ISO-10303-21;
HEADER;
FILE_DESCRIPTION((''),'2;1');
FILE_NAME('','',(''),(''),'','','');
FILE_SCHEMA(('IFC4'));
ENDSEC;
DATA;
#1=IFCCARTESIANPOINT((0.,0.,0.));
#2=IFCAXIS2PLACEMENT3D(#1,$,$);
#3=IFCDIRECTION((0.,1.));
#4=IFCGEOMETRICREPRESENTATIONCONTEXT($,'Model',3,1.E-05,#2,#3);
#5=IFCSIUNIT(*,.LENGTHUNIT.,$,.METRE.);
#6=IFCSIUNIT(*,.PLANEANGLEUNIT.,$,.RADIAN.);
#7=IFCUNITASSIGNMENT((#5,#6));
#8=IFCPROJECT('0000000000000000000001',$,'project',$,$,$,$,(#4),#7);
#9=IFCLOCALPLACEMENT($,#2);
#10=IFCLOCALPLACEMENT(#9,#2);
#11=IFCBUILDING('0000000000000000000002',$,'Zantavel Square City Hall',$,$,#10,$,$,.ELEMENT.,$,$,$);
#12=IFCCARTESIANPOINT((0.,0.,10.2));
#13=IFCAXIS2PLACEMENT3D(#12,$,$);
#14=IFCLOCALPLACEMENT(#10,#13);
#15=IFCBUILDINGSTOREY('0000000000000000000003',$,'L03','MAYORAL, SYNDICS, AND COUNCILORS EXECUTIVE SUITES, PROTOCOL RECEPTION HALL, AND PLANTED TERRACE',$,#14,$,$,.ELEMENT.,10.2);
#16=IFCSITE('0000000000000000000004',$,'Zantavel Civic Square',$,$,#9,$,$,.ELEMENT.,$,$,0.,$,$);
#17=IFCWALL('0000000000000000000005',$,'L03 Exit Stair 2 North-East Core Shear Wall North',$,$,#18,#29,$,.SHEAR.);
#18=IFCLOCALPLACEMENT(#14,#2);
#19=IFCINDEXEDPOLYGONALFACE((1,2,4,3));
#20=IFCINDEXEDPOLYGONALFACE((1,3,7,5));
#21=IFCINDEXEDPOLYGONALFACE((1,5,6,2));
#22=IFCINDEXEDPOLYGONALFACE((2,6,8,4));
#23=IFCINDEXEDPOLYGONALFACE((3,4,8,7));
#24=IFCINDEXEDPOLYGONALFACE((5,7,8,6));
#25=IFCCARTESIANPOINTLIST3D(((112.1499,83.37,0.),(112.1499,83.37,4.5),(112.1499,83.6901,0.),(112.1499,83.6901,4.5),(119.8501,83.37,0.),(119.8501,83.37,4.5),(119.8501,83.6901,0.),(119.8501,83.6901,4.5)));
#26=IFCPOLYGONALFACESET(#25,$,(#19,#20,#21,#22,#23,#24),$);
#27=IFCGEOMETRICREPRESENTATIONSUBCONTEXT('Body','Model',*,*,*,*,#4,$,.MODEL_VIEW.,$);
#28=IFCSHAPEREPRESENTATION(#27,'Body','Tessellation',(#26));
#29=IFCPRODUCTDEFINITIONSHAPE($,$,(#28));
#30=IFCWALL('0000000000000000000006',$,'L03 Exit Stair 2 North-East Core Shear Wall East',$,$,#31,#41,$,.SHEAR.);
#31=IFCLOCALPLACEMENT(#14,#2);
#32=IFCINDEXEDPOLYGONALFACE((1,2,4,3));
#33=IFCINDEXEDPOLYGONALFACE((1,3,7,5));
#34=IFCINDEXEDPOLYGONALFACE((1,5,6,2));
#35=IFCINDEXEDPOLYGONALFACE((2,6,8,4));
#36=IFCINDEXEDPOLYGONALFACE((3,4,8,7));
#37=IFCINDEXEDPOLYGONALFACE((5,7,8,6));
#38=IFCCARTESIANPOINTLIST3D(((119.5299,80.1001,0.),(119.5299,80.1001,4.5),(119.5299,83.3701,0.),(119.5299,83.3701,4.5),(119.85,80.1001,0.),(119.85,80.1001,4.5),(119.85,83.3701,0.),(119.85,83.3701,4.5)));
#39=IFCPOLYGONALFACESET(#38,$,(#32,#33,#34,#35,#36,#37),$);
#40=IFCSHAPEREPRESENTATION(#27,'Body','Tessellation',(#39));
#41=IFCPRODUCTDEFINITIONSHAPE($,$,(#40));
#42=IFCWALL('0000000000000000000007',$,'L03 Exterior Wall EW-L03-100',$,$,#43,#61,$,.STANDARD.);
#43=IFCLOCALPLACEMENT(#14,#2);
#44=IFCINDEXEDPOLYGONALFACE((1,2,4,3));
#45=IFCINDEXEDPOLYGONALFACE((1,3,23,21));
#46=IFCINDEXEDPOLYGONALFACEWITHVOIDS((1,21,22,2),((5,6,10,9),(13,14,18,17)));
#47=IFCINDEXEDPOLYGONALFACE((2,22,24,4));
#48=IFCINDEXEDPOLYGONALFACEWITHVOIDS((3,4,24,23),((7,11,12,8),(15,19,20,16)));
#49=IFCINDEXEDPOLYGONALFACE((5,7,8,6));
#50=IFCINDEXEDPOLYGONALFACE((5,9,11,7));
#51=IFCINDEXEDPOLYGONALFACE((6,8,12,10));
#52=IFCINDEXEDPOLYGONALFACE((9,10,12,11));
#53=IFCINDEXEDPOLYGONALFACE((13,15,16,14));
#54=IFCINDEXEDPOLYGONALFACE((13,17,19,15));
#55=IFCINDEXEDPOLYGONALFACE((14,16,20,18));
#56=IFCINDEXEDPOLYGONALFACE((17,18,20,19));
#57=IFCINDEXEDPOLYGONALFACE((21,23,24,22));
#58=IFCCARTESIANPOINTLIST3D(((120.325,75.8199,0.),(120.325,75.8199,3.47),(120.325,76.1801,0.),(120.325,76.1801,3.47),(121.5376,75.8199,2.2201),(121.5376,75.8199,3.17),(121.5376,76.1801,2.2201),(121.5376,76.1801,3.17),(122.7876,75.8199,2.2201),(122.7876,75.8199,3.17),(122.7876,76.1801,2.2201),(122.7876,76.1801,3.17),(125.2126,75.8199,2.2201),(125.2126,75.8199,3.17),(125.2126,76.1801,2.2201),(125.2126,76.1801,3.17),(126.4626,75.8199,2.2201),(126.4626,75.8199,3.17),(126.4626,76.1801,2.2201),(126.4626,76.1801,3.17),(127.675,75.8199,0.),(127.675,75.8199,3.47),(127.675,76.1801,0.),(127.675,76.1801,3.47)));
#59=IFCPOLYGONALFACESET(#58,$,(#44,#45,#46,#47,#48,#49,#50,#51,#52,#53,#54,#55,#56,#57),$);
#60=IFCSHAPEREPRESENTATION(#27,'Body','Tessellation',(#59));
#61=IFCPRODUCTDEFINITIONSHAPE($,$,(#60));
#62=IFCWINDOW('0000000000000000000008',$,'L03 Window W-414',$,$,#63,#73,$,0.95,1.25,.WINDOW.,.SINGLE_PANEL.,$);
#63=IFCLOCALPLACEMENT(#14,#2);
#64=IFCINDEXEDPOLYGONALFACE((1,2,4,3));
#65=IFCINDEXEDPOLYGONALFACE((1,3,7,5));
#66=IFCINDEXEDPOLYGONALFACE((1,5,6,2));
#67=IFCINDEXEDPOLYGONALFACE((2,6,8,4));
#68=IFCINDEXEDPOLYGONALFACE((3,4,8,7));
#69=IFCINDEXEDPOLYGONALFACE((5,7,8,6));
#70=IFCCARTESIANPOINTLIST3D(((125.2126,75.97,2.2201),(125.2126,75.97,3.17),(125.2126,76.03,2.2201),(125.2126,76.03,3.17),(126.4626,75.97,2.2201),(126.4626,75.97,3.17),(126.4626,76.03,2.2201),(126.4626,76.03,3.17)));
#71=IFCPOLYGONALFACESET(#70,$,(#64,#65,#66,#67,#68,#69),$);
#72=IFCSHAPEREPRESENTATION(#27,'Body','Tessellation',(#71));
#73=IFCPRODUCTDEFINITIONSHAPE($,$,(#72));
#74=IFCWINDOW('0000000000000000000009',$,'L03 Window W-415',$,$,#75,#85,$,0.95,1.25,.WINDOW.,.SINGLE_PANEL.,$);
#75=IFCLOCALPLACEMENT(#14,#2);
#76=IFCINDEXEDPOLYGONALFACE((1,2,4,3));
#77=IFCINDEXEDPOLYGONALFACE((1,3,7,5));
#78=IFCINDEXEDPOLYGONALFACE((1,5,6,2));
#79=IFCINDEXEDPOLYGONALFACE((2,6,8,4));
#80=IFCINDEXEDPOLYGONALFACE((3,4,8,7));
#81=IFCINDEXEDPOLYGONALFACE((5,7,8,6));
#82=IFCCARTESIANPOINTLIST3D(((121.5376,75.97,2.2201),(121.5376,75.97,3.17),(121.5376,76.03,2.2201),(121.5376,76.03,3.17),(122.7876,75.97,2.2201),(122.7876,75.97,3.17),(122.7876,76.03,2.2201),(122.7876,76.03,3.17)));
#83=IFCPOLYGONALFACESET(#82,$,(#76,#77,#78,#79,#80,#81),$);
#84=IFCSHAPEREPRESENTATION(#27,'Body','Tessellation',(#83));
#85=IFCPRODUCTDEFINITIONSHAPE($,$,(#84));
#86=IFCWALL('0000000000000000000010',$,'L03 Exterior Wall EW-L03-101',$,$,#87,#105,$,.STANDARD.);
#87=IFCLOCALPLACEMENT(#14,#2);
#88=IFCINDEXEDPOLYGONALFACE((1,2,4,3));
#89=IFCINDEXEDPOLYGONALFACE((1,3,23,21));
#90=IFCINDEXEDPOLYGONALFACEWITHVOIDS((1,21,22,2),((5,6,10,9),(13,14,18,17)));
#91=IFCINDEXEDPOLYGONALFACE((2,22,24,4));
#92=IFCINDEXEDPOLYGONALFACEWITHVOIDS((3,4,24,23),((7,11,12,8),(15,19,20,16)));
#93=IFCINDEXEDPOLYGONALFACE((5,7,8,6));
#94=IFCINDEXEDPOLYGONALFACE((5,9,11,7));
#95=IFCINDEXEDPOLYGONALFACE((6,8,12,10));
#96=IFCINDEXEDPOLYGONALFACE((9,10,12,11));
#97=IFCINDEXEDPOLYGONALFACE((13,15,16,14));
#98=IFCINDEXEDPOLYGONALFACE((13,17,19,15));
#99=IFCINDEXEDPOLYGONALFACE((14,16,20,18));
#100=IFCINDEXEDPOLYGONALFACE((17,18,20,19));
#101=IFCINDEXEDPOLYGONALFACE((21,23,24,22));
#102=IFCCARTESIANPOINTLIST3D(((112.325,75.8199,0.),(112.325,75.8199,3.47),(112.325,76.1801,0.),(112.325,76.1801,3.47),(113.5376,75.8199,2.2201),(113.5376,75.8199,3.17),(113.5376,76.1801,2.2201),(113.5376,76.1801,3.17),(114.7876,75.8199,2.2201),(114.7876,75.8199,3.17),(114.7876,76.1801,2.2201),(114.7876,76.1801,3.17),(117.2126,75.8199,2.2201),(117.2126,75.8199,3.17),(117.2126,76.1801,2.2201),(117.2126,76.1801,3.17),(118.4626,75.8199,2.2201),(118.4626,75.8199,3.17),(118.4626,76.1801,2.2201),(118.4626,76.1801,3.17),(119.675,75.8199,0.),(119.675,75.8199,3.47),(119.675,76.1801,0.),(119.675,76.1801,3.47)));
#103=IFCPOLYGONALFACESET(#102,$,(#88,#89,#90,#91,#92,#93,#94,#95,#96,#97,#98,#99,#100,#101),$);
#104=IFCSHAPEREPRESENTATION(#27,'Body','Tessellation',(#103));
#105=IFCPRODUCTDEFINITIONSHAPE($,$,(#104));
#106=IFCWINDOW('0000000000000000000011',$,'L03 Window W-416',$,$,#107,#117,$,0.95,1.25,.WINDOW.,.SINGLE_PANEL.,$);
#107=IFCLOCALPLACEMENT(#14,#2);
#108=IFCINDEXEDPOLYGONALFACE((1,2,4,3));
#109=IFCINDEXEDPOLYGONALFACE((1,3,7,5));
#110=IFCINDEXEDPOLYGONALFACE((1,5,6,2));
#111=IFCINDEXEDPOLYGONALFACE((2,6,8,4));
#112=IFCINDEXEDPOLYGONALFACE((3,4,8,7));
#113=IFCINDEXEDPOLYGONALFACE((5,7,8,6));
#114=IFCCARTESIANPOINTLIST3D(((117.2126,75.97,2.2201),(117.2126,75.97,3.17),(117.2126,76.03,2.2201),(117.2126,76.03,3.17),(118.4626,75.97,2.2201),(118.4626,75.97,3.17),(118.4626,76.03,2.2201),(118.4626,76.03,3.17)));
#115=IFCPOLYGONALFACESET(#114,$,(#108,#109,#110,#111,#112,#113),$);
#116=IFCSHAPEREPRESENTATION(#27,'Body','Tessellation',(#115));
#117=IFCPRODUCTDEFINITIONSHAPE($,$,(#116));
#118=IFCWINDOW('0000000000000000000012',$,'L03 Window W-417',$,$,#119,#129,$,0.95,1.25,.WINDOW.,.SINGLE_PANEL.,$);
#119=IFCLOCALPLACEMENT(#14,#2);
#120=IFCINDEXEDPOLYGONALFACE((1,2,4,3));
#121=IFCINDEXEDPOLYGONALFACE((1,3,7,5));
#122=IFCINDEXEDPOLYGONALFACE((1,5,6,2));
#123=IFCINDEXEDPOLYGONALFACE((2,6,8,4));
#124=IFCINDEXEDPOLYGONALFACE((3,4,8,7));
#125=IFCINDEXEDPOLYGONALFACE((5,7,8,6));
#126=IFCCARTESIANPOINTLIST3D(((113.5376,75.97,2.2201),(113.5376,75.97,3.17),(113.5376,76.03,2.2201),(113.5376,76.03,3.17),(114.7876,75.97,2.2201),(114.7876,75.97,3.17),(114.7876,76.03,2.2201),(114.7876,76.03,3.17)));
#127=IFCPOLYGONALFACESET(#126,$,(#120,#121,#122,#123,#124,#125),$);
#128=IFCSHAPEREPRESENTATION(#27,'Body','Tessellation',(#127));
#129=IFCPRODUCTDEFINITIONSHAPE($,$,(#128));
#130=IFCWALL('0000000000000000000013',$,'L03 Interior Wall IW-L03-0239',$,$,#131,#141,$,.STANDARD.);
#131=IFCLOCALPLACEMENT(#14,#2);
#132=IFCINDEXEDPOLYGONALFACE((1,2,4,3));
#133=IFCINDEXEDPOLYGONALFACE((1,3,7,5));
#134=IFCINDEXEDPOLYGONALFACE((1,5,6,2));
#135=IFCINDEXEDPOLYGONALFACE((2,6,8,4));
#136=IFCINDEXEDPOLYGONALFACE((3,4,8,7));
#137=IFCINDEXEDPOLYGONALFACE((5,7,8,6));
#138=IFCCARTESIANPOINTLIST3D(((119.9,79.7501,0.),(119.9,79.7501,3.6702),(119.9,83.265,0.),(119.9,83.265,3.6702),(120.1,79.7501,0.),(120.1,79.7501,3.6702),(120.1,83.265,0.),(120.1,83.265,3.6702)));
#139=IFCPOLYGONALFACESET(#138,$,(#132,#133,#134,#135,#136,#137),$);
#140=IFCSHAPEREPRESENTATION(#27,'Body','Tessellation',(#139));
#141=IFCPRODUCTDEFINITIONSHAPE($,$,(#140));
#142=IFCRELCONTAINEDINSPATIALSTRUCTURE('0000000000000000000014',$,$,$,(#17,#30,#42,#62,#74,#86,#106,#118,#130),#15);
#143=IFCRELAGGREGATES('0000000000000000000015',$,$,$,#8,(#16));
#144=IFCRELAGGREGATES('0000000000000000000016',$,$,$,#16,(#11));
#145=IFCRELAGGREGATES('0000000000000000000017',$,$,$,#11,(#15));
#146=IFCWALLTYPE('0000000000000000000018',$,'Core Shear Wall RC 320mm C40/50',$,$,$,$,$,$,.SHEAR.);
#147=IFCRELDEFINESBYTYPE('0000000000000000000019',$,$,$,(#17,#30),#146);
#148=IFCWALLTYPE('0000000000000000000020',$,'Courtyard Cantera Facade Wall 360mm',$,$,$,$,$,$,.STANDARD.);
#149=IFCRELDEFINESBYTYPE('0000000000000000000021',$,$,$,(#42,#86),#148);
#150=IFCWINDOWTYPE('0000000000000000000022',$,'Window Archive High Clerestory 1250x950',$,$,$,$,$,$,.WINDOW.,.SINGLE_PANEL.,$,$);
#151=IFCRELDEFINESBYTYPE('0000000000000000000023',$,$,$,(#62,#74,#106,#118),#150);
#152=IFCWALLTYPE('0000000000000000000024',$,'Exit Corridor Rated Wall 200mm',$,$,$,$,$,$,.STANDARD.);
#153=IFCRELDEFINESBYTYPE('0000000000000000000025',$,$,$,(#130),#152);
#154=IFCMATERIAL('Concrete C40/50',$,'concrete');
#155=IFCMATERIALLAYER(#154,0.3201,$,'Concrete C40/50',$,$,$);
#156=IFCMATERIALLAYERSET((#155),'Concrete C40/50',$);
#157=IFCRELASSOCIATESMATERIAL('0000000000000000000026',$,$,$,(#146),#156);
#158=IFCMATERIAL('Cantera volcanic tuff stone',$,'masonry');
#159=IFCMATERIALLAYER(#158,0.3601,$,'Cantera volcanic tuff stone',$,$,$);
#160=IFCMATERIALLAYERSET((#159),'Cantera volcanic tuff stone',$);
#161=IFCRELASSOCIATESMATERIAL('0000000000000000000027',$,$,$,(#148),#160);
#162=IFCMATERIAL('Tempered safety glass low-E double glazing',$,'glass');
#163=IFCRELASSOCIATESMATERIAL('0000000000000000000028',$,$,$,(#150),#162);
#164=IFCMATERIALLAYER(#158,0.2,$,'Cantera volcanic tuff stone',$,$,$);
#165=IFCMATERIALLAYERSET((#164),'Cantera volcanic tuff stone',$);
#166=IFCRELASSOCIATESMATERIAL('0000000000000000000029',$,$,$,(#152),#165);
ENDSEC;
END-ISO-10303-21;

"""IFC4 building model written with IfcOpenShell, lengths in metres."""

from ifc_helpers import new_model, si_unit, direction, frame, frame_2d, origin, place, context, subcontext, project, spatial, rectangle, extrude, material, layer, layer_set, type_object, element, fill, save


model = new_model("IFC4")

# Units and contexts
model_context = context("Model", 3, precision=1e-05, world=origin(), true_north=direction((0.0, 1.0)))
body_context = subcontext(model_context, "Body", "Model", "MODEL_VIEW")
ifc_project = project(units=[si_unit("LENGTHUNIT", "METRE"), si_unit("PLANEANGLEUNIT", "RADIAN")], contexts=[model_context])

# Site, building, storey
site_placement = place(None, origin())
site = spatial("IfcSite", under=ifc_project, at=site_placement, Name="Zantavel Civic Square", CompositionType="ELEMENT", RefElevation=0.0)
building_placement = place(site_placement, origin())
building = spatial("IfcBuilding", under=site, at=building_placement, Name="Zantavel Square City Hall", CompositionType="ELEMENT")
storey_placement = place(building_placement, frame((0.0, 0.0, 10.2)))
storey = spatial("IfcBuildingStorey", under=building, at=storey_placement, Name="L03", Description="MAYORAL, SYNDICS, AND COUNCILORS EXECUTIVE SUITES, PROTOCOL RECEPTION HALL, AND PLANTED TERRACE", CompositionType="ELEMENT", Elevation=10.2)

# Shared definitions
ifc_material_1 = material(Name="Concrete C40/50", Category="concrete")

# Shared definitions
ifc_layer_1 = layer(ifc_material_1, 0.3201, Name="Concrete C40/50")
ifc_layer_set_1 = layer_set([ifc_layer_1], Name="Concrete C40/50")
wall_type_1 = type_object("IfcWallType", Name="Core Shear Wall RC 320mm C40/50", PredefinedType="SHEAR", material=ifc_layer_set_1)

# Walls
wall_1_placement = place(storey_placement, frame((112.1499, 83.53, 0.0), z_axis=(0.0, 0.0, 1.0), x_axis=(1.0, 0.0, 0.0)))
element("IfcWall", 1, at=wall_1_placement, inside=storey, type_object=wall_type_1, Name="L03 Exit Stair 2 North-East Core Shear Wall North", PredefinedType="SHEAR", context=body_context, shape_type="SweptSolid", body=[
    extrude(rectangle(XDim=7.7002, YDim=0.3201, at=frame_2d((3.8501, 0.0))), origin(), (0.0, 0.0, 1.0), 4.5),
])
wall_2_placement = place(storey_placement, frame((119.6899, 83.3701, 0.0), z_axis=(0.0, 0.0, 1.0), x_axis=(0.0, -1.0, 0.0)))
element("IfcWall", 2, at=wall_2_placement, inside=storey, type_object=wall_type_1, Name="L03 Exit Stair 2 North-East Core Shear Wall East", PredefinedType="SHEAR", context=body_context, shape_type="SweptSolid", body=[
    extrude(rectangle(XDim=3.27, YDim=0.3201, at=frame_2d((1.635, 0.0))), origin(), (0.0, 0.0, 1.0), 4.5),
])

# Walls, openings, windows
ifc_material_2 = material(Name="Cantera volcanic tuff stone", Category="masonry")
ifc_layer_2 = layer(ifc_material_2, 0.3601, Name="Cantera volcanic tuff stone")
ifc_layer_set_2 = layer_set([ifc_layer_2], Name="Cantera volcanic tuff stone")
wall_type_2 = type_object("IfcWallType", Name="Courtyard Cantera Facade Wall 360mm", PredefinedType="STANDARD", material=ifc_layer_set_2)
wall_3_placement = place(storey_placement, frame((127.675, 76.0, 0.0), z_axis=(0.0, 0.0, 1.0), x_axis=(-1.0, 0.0, 0.0)))
wall_3 = element("IfcWall", 3, at=wall_3_placement, inside=storey, type_object=wall_type_2, Name="L03 Exterior Wall EW-L03-100", PredefinedType="STANDARD", context=body_context, shape_type="SweptSolid", body=[
    extrude(rectangle(XDim=7.3501, YDim=0.3601, at=frame_2d((3.675, 0.0))), origin(), (0.0, 0.0, 1.0), 3.47),
])
opening_1_placement = place(wall_3_placement, frame((1.2124, 0.0, 2.22)))
opening_1 = element("IfcOpeningElement", 4, at=opening_1_placement, cuts=wall_3, PredefinedType="OPENING", context=body_context, shape_type="SweptSolid", body=[
    extrude(rectangle(XDim=1.25, YDim=0.95, at=frame_2d((0.625, 0.4751))), frame((0.0, 0.1899, 0.0), z_axis=(0.0, -1.0, 0.0), x_axis=(1.0, 0.0, 0.0)), (0.0, 0.0, 1.0), 0.3801),
])
opening_2_placement = place(wall_3_placement, frame((4.8875, 0.0, 2.22)))
opening_2 = element("IfcOpeningElement", 5, at=opening_2_placement, cuts=wall_3, PredefinedType="OPENING", context=body_context, shape_type="SweptSolid", body=[
    extrude(rectangle(XDim=1.25, YDim=0.95, at=frame_2d((0.625, 0.4751))), frame((0.0, 0.1899, 0.0), z_axis=(0.0, -1.0, 0.0), x_axis=(1.0, 0.0, 0.0)), (0.0, 0.0, 1.0), 0.3801),
])
ifc_material_3 = material(Name="Tempered safety glass low-E double glazing", Category="glass")
window_type = type_object("IfcWindowType", Name="Window Archive High Clerestory 1250x950", PartitioningType="SINGLE_PANEL", PredefinedType="WINDOW", material=ifc_material_3)
window_1_placement = place(opening_1_placement, origin())
window_1 = element("IfcWindow", 6, at=window_1_placement, inside=storey, type_object=window_type, Name="L03 Window W-414", OverallHeight=0.95, OverallWidth=1.25, PartitioningType="SINGLE_PANEL", PredefinedType="WINDOW", context=body_context, shape_type="SweptSolid", body=[
    extrude(rectangle(XDim=1.25, YDim=0.95, at=frame_2d((0.625, 0.4751))), frame((0.0, 0.03, 0.0), z_axis=(0.0, -1.0, 0.0), x_axis=(1.0, 0.0, 0.0)), (0.0, 0.0, 1.0), 0.0601),
])
fill(opening_1, window_1)
window_2_placement = place(opening_2_placement, origin())
window_2 = element("IfcWindow", 7, at=window_2_placement, inside=storey, type_object=window_type, Name="L03 Window W-415", OverallHeight=0.95, OverallWidth=1.25, PartitioningType="SINGLE_PANEL", PredefinedType="WINDOW", context=body_context, shape_type="SweptSolid", body=[
    extrude(rectangle(XDim=1.25, YDim=0.95, at=frame_2d((0.625, 0.4751))), frame((0.0, 0.03, 0.0), z_axis=(0.0, -1.0, 0.0), x_axis=(1.0, 0.0, 0.0)), (0.0, 0.0, 1.0), 0.0601),
])
fill(opening_2, window_2)
wall_4_placement = place(storey_placement, frame((119.675, 76.0, 0.0), z_axis=(0.0, 0.0, 1.0), x_axis=(-1.0, 0.0, 0.0)))
wall_4 = element("IfcWall", 8, at=wall_4_placement, inside=storey, type_object=wall_type_2, Name="L03 Exterior Wall EW-L03-101", PredefinedType="STANDARD", context=body_context, shape_type="SweptSolid", body=[
    extrude(rectangle(XDim=7.3501, YDim=0.3601, at=frame_2d((3.675, 0.0))), origin(), (0.0, 0.0, 1.0), 3.47),
])
opening_3_placement = place(wall_4_placement, frame((1.2124, 0.0, 2.22)))
opening_3 = element("IfcOpeningElement", 9, at=opening_3_placement, cuts=wall_4, PredefinedType="OPENING", context=body_context, shape_type="SweptSolid", body=[
    extrude(rectangle(XDim=1.25, YDim=0.95, at=frame_2d((0.625, 0.4751))), frame((0.0, 0.1899, 0.0), z_axis=(0.0, -1.0, 0.0), x_axis=(1.0, 0.0, 0.0)), (0.0, 0.0, 1.0), 0.3801),
])
opening_4_placement = place(wall_4_placement, frame((4.8875, 0.0, 2.22)))
opening_4 = element("IfcOpeningElement", 10, at=opening_4_placement, cuts=wall_4, PredefinedType="OPENING", context=body_context, shape_type="SweptSolid", body=[
    extrude(rectangle(XDim=1.25, YDim=0.95, at=frame_2d((0.625, 0.4751))), frame((0.0, 0.1899, 0.0), z_axis=(0.0, -1.0, 0.0), x_axis=(1.0, 0.0, 0.0)), (0.0, 0.0, 1.0), 0.3801),
])
window_3_placement = place(opening_3_placement, origin())
window_3 = element("IfcWindow", 11, at=window_3_placement, inside=storey, type_object=window_type, Name="L03 Window W-416", OverallHeight=0.95, OverallWidth=1.25, PartitioningType="SINGLE_PANEL", PredefinedType="WINDOW", context=body_context, shape_type="SweptSolid", body=[
    extrude(rectangle(XDim=1.25, YDim=0.95, at=frame_2d((0.625, 0.4751))), frame((0.0, 0.03, 0.0), z_axis=(0.0, -1.0, 0.0), x_axis=(1.0, 0.0, 0.0)), (0.0, 0.0, 1.0), 0.0601),
])
fill(opening_3, window_3)
window_4_placement = place(opening_4_placement, origin())
window_4 = element("IfcWindow", 12, at=window_4_placement, inside=storey, type_object=window_type, Name="L03 Window W-417", OverallHeight=0.95, OverallWidth=1.25, PartitioningType="SINGLE_PANEL", PredefinedType="WINDOW", context=body_context, shape_type="SweptSolid", body=[
    extrude(rectangle(XDim=1.25, YDim=0.95, at=frame_2d((0.625, 0.4751))), frame((0.0, 0.03, 0.0), z_axis=(0.0, -1.0, 0.0), x_axis=(1.0, 0.0, 0.0)), (0.0, 0.0, 1.0), 0.0601),
])
fill(opening_4, window_4)

# Wall
ifc_layer_3 = layer(ifc_material_2, 0.2, Name="Cantera volcanic tuff stone")
ifc_layer_set_3 = layer_set([ifc_layer_3], Name="Cantera volcanic tuff stone")
wall_type_3 = type_object("IfcWallType", Name="Exit Corridor Rated Wall 200mm", PredefinedType="STANDARD", material=ifc_layer_set_3)
wall_5_placement = place(storey_placement, frame((120.0, 83.2649, 0.0), z_axis=(0.0, 0.0, 1.0), x_axis=(0.0, -1.0, 0.0)))
element("IfcWall", 13, at=wall_5_placement, inside=storey, type_object=wall_type_3, Name="L03 Interior Wall IW-L03-0239", PredefinedType="STANDARD", context=body_context, shape_type="SweptSolid", body=[
    extrude(rectangle(XDim=3.5149, YDim=0.2, at=frame_2d((1.7573, 0.0))), origin(), (0.0, 0.0, 1.0), 3.6702),
])

save(model, "model.ifc")
